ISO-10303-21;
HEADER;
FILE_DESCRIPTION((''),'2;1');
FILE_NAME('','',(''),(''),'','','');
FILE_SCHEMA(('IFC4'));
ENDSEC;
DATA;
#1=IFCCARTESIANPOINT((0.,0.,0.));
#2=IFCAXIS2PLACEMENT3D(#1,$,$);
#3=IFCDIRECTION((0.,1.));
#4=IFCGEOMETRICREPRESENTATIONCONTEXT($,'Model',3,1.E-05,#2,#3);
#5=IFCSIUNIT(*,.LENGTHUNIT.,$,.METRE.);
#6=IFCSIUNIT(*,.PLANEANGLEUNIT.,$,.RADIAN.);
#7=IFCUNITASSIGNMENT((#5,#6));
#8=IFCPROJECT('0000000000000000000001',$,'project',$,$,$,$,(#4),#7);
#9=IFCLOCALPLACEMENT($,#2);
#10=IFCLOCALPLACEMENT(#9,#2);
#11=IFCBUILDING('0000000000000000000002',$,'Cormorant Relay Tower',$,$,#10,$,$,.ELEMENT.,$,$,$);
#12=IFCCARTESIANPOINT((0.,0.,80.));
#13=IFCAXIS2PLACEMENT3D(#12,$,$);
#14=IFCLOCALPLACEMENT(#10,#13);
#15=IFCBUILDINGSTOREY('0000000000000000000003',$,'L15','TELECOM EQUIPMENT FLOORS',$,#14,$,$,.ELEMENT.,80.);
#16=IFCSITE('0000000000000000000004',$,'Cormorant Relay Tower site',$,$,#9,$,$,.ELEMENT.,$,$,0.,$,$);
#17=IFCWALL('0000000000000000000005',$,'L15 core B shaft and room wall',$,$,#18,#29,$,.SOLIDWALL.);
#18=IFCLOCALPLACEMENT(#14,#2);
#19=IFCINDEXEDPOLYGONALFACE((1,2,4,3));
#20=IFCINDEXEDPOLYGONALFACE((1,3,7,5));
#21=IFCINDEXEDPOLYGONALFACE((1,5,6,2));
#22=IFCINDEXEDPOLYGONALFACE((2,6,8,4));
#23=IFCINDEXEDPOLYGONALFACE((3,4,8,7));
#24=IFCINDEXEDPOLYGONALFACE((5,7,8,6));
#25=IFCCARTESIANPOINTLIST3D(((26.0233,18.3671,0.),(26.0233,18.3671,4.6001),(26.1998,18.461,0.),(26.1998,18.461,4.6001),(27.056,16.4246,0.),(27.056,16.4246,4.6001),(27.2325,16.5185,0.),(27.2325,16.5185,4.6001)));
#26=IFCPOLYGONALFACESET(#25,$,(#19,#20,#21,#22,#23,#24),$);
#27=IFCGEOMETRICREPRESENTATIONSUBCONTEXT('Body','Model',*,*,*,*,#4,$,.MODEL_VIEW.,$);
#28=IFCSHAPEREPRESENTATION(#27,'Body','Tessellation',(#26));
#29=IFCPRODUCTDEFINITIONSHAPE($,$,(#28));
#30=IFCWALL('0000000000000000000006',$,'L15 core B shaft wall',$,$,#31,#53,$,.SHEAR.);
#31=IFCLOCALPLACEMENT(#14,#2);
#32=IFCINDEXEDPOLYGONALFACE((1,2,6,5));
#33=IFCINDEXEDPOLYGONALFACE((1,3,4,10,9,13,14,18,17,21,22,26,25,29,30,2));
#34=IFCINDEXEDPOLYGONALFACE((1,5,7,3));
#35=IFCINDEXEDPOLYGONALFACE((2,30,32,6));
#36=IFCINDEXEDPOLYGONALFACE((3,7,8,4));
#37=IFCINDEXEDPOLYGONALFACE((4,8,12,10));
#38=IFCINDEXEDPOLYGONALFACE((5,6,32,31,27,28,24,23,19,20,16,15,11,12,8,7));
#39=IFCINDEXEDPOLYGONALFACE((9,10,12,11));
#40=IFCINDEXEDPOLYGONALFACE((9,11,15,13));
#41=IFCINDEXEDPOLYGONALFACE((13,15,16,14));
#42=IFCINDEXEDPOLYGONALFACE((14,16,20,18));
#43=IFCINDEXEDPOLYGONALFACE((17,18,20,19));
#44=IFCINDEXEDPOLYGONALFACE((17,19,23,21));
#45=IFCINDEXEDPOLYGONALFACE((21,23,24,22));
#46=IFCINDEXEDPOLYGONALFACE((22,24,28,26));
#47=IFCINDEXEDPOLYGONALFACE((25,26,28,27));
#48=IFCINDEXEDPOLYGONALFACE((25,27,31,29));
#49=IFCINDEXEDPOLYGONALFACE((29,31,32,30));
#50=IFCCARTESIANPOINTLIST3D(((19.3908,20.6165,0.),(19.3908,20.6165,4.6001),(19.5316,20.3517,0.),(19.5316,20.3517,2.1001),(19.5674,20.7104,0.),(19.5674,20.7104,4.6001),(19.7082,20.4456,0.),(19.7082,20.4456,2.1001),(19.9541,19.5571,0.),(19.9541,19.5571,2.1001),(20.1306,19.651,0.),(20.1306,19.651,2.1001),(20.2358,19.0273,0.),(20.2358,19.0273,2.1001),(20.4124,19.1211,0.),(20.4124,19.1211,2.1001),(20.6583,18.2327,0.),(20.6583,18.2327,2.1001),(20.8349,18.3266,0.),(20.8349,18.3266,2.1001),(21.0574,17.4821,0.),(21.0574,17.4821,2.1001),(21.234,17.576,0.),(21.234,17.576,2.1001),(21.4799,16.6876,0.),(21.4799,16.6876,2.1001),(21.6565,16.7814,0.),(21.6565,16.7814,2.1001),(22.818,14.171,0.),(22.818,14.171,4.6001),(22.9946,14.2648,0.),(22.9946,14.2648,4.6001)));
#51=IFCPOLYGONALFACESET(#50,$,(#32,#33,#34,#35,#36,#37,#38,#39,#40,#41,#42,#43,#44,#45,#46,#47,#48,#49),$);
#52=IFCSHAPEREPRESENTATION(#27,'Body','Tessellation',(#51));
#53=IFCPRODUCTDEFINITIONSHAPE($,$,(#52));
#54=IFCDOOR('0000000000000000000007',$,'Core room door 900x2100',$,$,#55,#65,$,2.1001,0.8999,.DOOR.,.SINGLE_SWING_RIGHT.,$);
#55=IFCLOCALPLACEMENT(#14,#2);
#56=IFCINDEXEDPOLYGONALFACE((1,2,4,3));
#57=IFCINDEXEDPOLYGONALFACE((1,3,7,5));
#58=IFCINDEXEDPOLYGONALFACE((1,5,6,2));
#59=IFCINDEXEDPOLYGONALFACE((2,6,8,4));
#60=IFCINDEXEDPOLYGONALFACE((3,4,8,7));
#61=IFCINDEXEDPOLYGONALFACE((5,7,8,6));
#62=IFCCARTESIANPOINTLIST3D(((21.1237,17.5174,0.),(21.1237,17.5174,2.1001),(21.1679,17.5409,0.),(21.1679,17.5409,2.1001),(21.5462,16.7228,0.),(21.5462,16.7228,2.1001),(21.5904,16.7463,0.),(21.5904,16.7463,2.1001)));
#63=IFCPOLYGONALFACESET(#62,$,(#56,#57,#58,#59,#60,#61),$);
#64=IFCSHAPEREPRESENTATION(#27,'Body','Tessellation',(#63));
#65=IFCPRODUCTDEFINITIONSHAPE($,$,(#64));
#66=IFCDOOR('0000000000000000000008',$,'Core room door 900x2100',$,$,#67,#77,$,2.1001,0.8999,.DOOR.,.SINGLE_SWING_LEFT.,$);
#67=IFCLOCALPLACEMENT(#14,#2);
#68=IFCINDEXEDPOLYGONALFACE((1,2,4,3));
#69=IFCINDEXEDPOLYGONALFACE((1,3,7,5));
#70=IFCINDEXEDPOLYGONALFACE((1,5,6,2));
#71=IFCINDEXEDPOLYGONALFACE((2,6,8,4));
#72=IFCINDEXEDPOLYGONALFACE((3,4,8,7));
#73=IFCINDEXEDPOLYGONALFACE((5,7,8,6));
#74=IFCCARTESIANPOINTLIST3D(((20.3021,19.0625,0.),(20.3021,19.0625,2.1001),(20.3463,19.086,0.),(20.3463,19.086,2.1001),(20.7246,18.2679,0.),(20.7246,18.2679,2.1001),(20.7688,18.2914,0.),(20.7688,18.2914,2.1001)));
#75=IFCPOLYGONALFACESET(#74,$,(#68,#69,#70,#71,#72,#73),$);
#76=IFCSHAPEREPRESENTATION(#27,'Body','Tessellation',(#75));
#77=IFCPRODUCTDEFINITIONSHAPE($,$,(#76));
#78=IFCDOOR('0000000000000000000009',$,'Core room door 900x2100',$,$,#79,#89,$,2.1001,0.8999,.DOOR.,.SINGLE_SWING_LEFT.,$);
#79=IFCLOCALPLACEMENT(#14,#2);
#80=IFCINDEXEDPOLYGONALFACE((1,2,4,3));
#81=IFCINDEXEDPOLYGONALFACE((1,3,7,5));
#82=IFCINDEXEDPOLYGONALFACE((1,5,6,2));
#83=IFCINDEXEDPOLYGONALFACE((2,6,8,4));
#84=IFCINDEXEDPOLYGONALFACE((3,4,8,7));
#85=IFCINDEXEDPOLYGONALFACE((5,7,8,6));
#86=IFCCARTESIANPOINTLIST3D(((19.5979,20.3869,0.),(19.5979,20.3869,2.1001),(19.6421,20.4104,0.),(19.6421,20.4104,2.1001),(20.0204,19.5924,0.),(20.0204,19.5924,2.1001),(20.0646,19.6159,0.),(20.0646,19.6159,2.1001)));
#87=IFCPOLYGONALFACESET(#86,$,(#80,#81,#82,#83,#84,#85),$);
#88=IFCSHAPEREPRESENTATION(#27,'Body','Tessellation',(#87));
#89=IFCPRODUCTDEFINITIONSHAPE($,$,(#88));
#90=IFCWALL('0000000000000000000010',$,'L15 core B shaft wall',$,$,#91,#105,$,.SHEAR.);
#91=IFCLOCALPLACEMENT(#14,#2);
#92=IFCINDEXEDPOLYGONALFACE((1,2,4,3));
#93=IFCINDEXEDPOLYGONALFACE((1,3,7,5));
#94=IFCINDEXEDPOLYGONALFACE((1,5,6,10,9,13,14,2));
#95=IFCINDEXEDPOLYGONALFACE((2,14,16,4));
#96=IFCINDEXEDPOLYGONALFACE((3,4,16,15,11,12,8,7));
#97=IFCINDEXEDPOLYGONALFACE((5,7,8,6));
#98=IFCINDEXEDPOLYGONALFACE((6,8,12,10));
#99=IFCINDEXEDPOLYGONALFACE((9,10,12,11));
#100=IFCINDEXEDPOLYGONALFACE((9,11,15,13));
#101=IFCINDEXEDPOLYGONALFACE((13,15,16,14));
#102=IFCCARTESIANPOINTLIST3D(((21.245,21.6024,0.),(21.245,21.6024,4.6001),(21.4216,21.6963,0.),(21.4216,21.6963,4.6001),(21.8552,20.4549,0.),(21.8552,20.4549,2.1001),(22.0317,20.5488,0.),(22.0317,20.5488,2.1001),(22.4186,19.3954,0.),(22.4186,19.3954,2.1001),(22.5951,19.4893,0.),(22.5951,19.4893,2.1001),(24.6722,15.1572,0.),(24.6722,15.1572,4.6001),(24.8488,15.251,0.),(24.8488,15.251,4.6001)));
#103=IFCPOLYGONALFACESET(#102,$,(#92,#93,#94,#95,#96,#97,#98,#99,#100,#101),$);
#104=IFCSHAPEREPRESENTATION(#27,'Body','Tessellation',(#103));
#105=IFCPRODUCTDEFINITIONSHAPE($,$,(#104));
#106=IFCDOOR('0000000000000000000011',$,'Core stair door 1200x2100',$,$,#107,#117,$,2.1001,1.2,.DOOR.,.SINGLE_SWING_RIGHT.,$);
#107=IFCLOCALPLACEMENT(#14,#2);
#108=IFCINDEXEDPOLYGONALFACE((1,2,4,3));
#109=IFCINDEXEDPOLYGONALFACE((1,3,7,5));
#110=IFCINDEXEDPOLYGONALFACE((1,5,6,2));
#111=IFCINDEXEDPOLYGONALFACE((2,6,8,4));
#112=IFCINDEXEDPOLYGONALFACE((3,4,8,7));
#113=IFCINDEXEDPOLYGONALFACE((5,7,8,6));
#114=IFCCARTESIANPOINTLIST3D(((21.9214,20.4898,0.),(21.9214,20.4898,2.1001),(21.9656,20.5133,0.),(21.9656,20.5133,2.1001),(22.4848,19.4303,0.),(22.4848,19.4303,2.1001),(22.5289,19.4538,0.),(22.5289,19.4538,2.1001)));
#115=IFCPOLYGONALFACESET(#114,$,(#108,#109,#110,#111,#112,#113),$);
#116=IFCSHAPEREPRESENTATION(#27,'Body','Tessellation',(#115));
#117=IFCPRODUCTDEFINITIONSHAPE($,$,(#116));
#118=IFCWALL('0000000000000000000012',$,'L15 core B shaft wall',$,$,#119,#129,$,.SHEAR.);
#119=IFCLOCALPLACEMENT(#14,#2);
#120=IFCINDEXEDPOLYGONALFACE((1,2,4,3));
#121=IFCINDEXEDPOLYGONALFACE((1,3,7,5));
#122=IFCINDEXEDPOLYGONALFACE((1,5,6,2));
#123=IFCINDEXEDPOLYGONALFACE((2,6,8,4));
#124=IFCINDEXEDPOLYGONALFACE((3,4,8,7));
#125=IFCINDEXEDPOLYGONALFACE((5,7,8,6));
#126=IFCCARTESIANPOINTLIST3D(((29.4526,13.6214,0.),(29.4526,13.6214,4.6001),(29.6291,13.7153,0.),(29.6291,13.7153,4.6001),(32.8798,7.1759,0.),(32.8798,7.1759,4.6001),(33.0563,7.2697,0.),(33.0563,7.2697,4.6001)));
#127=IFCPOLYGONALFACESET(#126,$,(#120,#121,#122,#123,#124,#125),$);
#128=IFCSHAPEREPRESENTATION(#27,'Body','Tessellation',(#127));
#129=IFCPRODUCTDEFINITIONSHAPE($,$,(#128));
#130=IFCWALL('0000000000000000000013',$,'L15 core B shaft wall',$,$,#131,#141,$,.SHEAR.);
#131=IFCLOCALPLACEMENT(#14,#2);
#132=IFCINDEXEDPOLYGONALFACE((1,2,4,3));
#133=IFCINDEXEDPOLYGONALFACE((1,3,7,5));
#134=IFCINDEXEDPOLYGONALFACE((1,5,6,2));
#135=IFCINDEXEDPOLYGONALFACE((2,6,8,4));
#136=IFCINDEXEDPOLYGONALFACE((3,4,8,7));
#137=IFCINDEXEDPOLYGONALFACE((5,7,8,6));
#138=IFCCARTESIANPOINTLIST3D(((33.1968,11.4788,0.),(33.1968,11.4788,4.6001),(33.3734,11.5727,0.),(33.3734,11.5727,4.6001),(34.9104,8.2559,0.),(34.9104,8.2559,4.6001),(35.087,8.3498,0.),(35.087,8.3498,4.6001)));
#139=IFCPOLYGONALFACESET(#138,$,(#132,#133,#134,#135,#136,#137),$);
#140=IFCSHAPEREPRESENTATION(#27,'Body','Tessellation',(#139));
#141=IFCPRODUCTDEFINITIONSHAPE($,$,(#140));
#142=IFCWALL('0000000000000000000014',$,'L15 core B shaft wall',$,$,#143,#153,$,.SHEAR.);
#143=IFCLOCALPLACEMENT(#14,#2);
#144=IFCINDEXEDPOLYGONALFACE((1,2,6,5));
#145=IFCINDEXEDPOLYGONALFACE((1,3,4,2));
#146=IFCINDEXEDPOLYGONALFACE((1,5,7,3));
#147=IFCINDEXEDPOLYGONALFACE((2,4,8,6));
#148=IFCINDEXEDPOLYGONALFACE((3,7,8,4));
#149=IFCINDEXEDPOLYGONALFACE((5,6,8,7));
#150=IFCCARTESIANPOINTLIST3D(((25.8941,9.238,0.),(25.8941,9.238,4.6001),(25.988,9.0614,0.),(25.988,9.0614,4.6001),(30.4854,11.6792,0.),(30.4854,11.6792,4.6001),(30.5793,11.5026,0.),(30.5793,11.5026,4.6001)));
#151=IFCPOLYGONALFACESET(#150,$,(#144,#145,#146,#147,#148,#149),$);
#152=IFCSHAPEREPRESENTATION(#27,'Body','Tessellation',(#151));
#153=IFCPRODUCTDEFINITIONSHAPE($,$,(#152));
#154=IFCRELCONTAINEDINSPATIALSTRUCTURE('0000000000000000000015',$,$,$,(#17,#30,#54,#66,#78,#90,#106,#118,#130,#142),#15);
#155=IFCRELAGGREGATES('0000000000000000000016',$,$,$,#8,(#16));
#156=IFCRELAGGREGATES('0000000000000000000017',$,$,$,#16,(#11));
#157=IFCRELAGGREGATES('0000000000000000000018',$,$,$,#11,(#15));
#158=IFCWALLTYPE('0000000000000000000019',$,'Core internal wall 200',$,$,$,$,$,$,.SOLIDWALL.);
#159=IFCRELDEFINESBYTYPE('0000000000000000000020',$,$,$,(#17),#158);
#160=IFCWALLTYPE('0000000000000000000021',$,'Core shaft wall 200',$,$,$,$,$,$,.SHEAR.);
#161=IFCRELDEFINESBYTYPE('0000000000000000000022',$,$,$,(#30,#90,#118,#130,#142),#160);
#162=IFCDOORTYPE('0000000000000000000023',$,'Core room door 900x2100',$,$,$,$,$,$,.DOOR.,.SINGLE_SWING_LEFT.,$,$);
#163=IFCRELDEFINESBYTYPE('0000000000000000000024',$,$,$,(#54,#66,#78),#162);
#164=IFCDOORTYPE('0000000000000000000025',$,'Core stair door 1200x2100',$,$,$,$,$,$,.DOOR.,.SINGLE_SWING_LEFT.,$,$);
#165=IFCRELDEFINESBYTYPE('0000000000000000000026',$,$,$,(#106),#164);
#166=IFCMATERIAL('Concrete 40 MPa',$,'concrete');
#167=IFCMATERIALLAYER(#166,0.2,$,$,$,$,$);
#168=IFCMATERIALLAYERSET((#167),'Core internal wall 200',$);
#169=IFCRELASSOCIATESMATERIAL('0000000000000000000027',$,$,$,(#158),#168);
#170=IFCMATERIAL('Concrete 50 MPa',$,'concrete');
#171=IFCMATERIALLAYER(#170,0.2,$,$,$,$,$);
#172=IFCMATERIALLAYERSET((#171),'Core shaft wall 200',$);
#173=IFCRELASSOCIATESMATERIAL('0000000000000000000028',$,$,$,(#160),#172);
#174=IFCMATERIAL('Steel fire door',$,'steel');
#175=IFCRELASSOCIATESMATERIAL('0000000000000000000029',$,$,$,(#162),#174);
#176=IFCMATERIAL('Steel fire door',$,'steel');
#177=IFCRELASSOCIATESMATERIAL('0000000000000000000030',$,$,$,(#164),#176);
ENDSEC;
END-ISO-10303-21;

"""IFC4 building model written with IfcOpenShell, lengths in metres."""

from ifc_helpers import new_model, si_unit, direction, frame, frame_2d, origin, place, context, subcontext, project, spatial, rectangle, extrude, material, layer, layer_set, type_object, element, fill, save


model = new_model("IFC4")

# Units and contexts
model_context = context("Model", 3, precision=1e-05, world=origin(), true_north=direction((0.0, 1.0)))
body_context = subcontext(model_context, "Body", "Model", "MODEL_VIEW")
ifc_project = project(units=[si_unit("LENGTHUNIT", "METRE"), si_unit("PLANEANGLEUNIT", "RADIAN")], contexts=[model_context])

# Site, building, storey
site_placement = place(None, origin())
site = spatial("IfcSite", under=ifc_project, at=site_placement, Name="Cormorant Relay Tower site", CompositionType="ELEMENT", RefElevation=0.0)
building_placement = place(site_placement, origin())
building = spatial("IfcBuilding", under=site, at=building_placement, Name="Cormorant Relay Tower", CompositionType="ELEMENT")
storey_placement = place(building_placement, frame((0.0, 0.0, 80.0)))
storey = spatial("IfcBuildingStorey", under=building, at=storey_placement, Name="L15", Description="TELECOM EQUIPMENT FLOORS", CompositionType="ELEMENT", Elevation=80.0)

# Wall
ifc_material_1 = material(Name="Concrete 40 MPa", Category="concrete")
ifc_layer_1 = layer(ifc_material_1, 0.2)
ifc_layer_set_1 = layer_set([ifc_layer_1], Name="Core internal wall 200")
wall_type_1 = type_object("IfcWallType", Name="Core internal wall 200", PredefinedType="SOLIDWALL", material=ifc_layer_set_1)
wall_1_placement = place(storey_placement, frame((27.1443, 16.4714, 0.0), z_axis=(0.0, 0.0, 1.0), x_axis=(-0.469401, 0.882985, 0.0)))
element("IfcWall", 1, at=wall_1_placement, inside=storey, type_object=wall_type_1, Name="L15 core B shaft and room wall", PredefinedType="SOLIDWALL", context=body_context, shape_type="SweptSolid", body=[
    extrude(rectangle(XDim=2.2, YDim=0.2, at=frame_2d((1.1001, 0.0))), origin(), (0.0, 0.0, 1.0), 4.6001),
])

# Wall, openings, doors
ifc_material_2 = material(Name="Concrete 50 MPa", Category="concrete")
ifc_layer_2 = layer(ifc_material_2, 0.2)
ifc_layer_set_2 = layer_set([ifc_layer_2], Name="Core shaft wall 200")
wall_type_2 = type_object("IfcWallType", Name="Core shaft wall 200", PredefinedType="SHEAR", material=ifc_layer_set_2)
wall_2_placement = place(storey_placement, frame((22.9062, 14.218, 0.0), z_axis=(0.0, 0.0, 1.0), x_axis=(-0.46948, 0.882943, 0.0)))
wall_2 = element("IfcWall", 2, at=wall_2_placement, inside=storey, type_object=wall_type_2, Name="L15 core B shaft wall", PredefinedType="SHEAR", context=body_context, shape_type="SweptSolid", body=[
    extrude(rectangle(XDim=7.3, YDim=0.2, at=frame_2d((3.6499, 0.0))), origin(), (0.0, 0.0, 1.0), 4.6001),
])
opening_1_placement = place(wall_2_placement, frame((2.8501, 0.0, 0.0)))
opening_1 = element("IfcOpeningElement", 3, at=opening_1_placement, cuts=wall_2, PredefinedType="OPENING", context=body_context, shape_type="SweptSolid", body=[
    extrude(rectangle(XDim=0.8999, YDim=2.1001, at=frame_2d((0.45, 1.05))), frame((0.0, 0.1099, 0.0), z_axis=(0.0, -1.0, 0.0), x_axis=(1.0, 0.0, 0.0)), (0.0, 0.0, 1.0), 0.22),
])
opening_2_placement = place(wall_2_placement, frame((4.6001, 0.0, 0.0)))
opening_2 = element("IfcOpeningElement", 4, at=opening_2_placement, cuts=wall_2, PredefinedType="OPENING", context=body_context, shape_type="SweptSolid", body=[
    extrude(rectangle(XDim=0.8999, YDim=2.1001, at=frame_2d((0.45, 1.05))), frame((0.0, 0.1099, 0.0), z_axis=(0.0, -1.0, 0.0), x_axis=(1.0, 0.0, 0.0)), (0.0, 0.0, 1.0), 0.22),
])
opening_3_placement = place(wall_2_placement, frame((6.1001, 0.0, 0.0)))
opening_3 = element("IfcOpeningElement", 5, at=opening_3_placement, cuts=wall_2, PredefinedType="OPENING", context=body_context, shape_type="SweptSolid", body=[
    extrude(rectangle(XDim=0.8999, YDim=2.1001, at=frame_2d((0.45, 1.05))), frame((0.0, 0.1099, 0.0), z_axis=(0.0, -1.0, 0.0), x_axis=(1.0, 0.0, 0.0)), (0.0, 0.0, 1.0), 0.22),
])
ifc_material_3 = material(Name="Steel fire door", Category="steel")
door_type_1 = type_object("IfcDoorType", Name="Core room door 900x2100", OperationType="SINGLE_SWING_LEFT", PredefinedType="DOOR", material=ifc_material_3)
door_1_placement = place(opening_1_placement, origin())
door_1 = element("IfcDoor", 6, at=door_1_placement, inside=storey, type_object=door_type_1, Name="Core room door 900x2100", OperationType="SINGLE_SWING_RIGHT", OverallHeight=2.1001, OverallWidth=0.8999, PredefinedType="DOOR", context=body_context, shape_type="SweptSolid", body=[
    extrude(rectangle(XDim=0.8999, YDim=2.1001, at=frame_2d((0.45, 1.05))), frame((0.0, 0.0249, 0.0), z_axis=(0.0, -1.0, 0.0), x_axis=(1.0, 0.0, 0.0)), (0.0, 0.0, 1.0), 0.05),
])
fill(opening_1, door_1)
door_2_placement = place(opening_2_placement, origin())
door_2 = element("IfcDoor", 7, at=door_2_placement, inside=storey, type_object=door_type_1, Name="Core room door 900x2100", OperationType="SINGLE_SWING_LEFT", OverallHeight=2.1001, OverallWidth=0.8999, PredefinedType="DOOR", context=body_context, shape_type="SweptSolid", body=[
    extrude(rectangle(XDim=0.8999, YDim=2.1001, at=frame_2d((0.45, 1.05))), frame((0.0, 0.0249, 0.0), z_axis=(0.0, -1.0, 0.0), x_axis=(1.0, 0.0, 0.0)), (0.0, 0.0, 1.0), 0.05),
])
fill(opening_2, door_2)
door_3_placement = place(opening_3_placement, origin())
door_3 = element("IfcDoor", 8, at=door_3_placement, inside=storey, type_object=door_type_1, Name="Core room door 900x2100", OperationType="SINGLE_SWING_LEFT", OverallHeight=2.1001, OverallWidth=0.8999, PredefinedType="DOOR", context=body_context, shape_type="SweptSolid", body=[
    extrude(rectangle(XDim=0.8999, YDim=2.1001, at=frame_2d((0.45, 1.05))), frame((0.0, 0.0249, 0.0), z_axis=(0.0, -1.0, 0.0), x_axis=(1.0, 0.0, 0.0)), (0.0, 0.0, 1.0), 0.05),
])
fill(opening_3, door_3)

# Wall, opening, door
wall_3_placement = place(storey_placement, frame((24.7605, 15.2041, 0.0), z_axis=(0.0, 0.0, 1.0), x_axis=(-0.469494, 0.882936, 0.0)))
wall_3 = element("IfcWall", 9, at=wall_3_placement, inside=storey, type_object=wall_type_2, Name="L15 core B shaft wall", PredefinedType="SHEAR", context=body_context, shape_type="SweptSolid", body=[
    extrude(rectangle(XDim=7.2998, YDim=0.2, at=frame_2d((3.6499, 0.0))), origin(), (0.0, 0.0, 1.0), 4.6001),
])
opening_4_placement = place(wall_3_placement, frame((4.8, 0.0, 0.0)))
opening_4 = element("IfcOpeningElement", 10, at=opening_4_placement, cuts=wall_3, PredefinedType="OPENING", context=body_context, shape_type="SweptSolid", body=[
    extrude(rectangle(XDim=1.2, YDim=2.1001, at=frame_2d((0.6001, 1.05))), frame((0.0, 0.1099, 0.0), z_axis=(0.0, -1.0, 0.0), x_axis=(1.0, 0.0, 0.0)), (0.0, 0.0, 1.0), 0.22),
])
ifc_material_4 = material(Name="Steel fire door", Category="steel")
door_type_2 = type_object("IfcDoorType", Name="Core stair door 1200x2100", OperationType="SINGLE_SWING_LEFT", PredefinedType="DOOR", material=ifc_material_4)
door_4_placement = place(opening_4_placement, frame((1.2, 0.0, 0.0), z_axis=(0.0, 0.0, 1.0), x_axis=(-1.0, 0.0, 0.0)))
door_4 = element("IfcDoor", 11, at=door_4_placement, inside=storey, type_object=door_type_2, Name="Core stair door 1200x2100", OperationType="SINGLE_SWING_RIGHT", OverallHeight=2.1001, OverallWidth=1.2, PredefinedType="DOOR", context=body_context, shape_type="SweptSolid", body=[
    extrude(rectangle(XDim=1.2, YDim=2.1001, at=frame_2d((0.6001, 1.05))), frame((0.0, 0.0249, 0.0), z_axis=(0.0, -1.0, 0.0), x_axis=(1.0, 0.0, 0.0)), (0.0, 0.0, 1.0), 0.05),
])
fill(opening_4, door_4)

# Walls
wall_4_placement = place(storey_placement, frame((32.968, 7.2229, 0.0), z_axis=(0.0, 0.0, 1.0), x_axis=(-0.46948, 0.882943, 0.0)))
element("IfcWall", 12, at=wall_4_placement, inside=storey, type_object=wall_type_2, Name="L15 core B shaft wall", PredefinedType="SHEAR", context=body_context, shape_type="SweptSolid", body=[
    extrude(rectangle(XDim=7.3, YDim=0.2, at=frame_2d((3.6499, 0.0))), origin(), (0.0, 0.0, 1.0), 4.6001),
])
wall_5_placement = place(storey_placement, frame((34.9988, 8.3027, 0.0), z_axis=(0.0, 0.0, 1.0), x_axis=(-0.469467, 0.88295, 0.0)))
element("IfcWall", 13, at=wall_5_placement, inside=storey, type_object=wall_type_2, Name="L15 core B shaft wall", PredefinedType="SHEAR", context=body_context, shape_type="SweptSolid", body=[
    extrude(rectangle(XDim=3.6501, YDim=0.2, at=frame_2d((1.8252, 0.0))), origin(), (0.0, 0.0, 1.0), 4.6001),
])

# Wall
wall_6_placement = place(storey_placement, frame((25.9409, 9.1497, 0.0), z_axis=(0.0, 0.0, 1.0), x_axis=(0.882954, 0.46946, 0.0)))
element("IfcWall", 14, at=wall_6_placement, inside=storey, type_object=wall_type_2, Name="L15 core B shaft wall", PredefinedType="SHEAR", context=body_context, shape_type="SweptSolid", body=[
    extrude(rectangle(XDim=5.2, YDim=0.2, at=frame_2d((2.6001, 0.0))), origin(), (0.0, 0.0, 1.0), 4.6001),
])

save(model, "model.ifc")
